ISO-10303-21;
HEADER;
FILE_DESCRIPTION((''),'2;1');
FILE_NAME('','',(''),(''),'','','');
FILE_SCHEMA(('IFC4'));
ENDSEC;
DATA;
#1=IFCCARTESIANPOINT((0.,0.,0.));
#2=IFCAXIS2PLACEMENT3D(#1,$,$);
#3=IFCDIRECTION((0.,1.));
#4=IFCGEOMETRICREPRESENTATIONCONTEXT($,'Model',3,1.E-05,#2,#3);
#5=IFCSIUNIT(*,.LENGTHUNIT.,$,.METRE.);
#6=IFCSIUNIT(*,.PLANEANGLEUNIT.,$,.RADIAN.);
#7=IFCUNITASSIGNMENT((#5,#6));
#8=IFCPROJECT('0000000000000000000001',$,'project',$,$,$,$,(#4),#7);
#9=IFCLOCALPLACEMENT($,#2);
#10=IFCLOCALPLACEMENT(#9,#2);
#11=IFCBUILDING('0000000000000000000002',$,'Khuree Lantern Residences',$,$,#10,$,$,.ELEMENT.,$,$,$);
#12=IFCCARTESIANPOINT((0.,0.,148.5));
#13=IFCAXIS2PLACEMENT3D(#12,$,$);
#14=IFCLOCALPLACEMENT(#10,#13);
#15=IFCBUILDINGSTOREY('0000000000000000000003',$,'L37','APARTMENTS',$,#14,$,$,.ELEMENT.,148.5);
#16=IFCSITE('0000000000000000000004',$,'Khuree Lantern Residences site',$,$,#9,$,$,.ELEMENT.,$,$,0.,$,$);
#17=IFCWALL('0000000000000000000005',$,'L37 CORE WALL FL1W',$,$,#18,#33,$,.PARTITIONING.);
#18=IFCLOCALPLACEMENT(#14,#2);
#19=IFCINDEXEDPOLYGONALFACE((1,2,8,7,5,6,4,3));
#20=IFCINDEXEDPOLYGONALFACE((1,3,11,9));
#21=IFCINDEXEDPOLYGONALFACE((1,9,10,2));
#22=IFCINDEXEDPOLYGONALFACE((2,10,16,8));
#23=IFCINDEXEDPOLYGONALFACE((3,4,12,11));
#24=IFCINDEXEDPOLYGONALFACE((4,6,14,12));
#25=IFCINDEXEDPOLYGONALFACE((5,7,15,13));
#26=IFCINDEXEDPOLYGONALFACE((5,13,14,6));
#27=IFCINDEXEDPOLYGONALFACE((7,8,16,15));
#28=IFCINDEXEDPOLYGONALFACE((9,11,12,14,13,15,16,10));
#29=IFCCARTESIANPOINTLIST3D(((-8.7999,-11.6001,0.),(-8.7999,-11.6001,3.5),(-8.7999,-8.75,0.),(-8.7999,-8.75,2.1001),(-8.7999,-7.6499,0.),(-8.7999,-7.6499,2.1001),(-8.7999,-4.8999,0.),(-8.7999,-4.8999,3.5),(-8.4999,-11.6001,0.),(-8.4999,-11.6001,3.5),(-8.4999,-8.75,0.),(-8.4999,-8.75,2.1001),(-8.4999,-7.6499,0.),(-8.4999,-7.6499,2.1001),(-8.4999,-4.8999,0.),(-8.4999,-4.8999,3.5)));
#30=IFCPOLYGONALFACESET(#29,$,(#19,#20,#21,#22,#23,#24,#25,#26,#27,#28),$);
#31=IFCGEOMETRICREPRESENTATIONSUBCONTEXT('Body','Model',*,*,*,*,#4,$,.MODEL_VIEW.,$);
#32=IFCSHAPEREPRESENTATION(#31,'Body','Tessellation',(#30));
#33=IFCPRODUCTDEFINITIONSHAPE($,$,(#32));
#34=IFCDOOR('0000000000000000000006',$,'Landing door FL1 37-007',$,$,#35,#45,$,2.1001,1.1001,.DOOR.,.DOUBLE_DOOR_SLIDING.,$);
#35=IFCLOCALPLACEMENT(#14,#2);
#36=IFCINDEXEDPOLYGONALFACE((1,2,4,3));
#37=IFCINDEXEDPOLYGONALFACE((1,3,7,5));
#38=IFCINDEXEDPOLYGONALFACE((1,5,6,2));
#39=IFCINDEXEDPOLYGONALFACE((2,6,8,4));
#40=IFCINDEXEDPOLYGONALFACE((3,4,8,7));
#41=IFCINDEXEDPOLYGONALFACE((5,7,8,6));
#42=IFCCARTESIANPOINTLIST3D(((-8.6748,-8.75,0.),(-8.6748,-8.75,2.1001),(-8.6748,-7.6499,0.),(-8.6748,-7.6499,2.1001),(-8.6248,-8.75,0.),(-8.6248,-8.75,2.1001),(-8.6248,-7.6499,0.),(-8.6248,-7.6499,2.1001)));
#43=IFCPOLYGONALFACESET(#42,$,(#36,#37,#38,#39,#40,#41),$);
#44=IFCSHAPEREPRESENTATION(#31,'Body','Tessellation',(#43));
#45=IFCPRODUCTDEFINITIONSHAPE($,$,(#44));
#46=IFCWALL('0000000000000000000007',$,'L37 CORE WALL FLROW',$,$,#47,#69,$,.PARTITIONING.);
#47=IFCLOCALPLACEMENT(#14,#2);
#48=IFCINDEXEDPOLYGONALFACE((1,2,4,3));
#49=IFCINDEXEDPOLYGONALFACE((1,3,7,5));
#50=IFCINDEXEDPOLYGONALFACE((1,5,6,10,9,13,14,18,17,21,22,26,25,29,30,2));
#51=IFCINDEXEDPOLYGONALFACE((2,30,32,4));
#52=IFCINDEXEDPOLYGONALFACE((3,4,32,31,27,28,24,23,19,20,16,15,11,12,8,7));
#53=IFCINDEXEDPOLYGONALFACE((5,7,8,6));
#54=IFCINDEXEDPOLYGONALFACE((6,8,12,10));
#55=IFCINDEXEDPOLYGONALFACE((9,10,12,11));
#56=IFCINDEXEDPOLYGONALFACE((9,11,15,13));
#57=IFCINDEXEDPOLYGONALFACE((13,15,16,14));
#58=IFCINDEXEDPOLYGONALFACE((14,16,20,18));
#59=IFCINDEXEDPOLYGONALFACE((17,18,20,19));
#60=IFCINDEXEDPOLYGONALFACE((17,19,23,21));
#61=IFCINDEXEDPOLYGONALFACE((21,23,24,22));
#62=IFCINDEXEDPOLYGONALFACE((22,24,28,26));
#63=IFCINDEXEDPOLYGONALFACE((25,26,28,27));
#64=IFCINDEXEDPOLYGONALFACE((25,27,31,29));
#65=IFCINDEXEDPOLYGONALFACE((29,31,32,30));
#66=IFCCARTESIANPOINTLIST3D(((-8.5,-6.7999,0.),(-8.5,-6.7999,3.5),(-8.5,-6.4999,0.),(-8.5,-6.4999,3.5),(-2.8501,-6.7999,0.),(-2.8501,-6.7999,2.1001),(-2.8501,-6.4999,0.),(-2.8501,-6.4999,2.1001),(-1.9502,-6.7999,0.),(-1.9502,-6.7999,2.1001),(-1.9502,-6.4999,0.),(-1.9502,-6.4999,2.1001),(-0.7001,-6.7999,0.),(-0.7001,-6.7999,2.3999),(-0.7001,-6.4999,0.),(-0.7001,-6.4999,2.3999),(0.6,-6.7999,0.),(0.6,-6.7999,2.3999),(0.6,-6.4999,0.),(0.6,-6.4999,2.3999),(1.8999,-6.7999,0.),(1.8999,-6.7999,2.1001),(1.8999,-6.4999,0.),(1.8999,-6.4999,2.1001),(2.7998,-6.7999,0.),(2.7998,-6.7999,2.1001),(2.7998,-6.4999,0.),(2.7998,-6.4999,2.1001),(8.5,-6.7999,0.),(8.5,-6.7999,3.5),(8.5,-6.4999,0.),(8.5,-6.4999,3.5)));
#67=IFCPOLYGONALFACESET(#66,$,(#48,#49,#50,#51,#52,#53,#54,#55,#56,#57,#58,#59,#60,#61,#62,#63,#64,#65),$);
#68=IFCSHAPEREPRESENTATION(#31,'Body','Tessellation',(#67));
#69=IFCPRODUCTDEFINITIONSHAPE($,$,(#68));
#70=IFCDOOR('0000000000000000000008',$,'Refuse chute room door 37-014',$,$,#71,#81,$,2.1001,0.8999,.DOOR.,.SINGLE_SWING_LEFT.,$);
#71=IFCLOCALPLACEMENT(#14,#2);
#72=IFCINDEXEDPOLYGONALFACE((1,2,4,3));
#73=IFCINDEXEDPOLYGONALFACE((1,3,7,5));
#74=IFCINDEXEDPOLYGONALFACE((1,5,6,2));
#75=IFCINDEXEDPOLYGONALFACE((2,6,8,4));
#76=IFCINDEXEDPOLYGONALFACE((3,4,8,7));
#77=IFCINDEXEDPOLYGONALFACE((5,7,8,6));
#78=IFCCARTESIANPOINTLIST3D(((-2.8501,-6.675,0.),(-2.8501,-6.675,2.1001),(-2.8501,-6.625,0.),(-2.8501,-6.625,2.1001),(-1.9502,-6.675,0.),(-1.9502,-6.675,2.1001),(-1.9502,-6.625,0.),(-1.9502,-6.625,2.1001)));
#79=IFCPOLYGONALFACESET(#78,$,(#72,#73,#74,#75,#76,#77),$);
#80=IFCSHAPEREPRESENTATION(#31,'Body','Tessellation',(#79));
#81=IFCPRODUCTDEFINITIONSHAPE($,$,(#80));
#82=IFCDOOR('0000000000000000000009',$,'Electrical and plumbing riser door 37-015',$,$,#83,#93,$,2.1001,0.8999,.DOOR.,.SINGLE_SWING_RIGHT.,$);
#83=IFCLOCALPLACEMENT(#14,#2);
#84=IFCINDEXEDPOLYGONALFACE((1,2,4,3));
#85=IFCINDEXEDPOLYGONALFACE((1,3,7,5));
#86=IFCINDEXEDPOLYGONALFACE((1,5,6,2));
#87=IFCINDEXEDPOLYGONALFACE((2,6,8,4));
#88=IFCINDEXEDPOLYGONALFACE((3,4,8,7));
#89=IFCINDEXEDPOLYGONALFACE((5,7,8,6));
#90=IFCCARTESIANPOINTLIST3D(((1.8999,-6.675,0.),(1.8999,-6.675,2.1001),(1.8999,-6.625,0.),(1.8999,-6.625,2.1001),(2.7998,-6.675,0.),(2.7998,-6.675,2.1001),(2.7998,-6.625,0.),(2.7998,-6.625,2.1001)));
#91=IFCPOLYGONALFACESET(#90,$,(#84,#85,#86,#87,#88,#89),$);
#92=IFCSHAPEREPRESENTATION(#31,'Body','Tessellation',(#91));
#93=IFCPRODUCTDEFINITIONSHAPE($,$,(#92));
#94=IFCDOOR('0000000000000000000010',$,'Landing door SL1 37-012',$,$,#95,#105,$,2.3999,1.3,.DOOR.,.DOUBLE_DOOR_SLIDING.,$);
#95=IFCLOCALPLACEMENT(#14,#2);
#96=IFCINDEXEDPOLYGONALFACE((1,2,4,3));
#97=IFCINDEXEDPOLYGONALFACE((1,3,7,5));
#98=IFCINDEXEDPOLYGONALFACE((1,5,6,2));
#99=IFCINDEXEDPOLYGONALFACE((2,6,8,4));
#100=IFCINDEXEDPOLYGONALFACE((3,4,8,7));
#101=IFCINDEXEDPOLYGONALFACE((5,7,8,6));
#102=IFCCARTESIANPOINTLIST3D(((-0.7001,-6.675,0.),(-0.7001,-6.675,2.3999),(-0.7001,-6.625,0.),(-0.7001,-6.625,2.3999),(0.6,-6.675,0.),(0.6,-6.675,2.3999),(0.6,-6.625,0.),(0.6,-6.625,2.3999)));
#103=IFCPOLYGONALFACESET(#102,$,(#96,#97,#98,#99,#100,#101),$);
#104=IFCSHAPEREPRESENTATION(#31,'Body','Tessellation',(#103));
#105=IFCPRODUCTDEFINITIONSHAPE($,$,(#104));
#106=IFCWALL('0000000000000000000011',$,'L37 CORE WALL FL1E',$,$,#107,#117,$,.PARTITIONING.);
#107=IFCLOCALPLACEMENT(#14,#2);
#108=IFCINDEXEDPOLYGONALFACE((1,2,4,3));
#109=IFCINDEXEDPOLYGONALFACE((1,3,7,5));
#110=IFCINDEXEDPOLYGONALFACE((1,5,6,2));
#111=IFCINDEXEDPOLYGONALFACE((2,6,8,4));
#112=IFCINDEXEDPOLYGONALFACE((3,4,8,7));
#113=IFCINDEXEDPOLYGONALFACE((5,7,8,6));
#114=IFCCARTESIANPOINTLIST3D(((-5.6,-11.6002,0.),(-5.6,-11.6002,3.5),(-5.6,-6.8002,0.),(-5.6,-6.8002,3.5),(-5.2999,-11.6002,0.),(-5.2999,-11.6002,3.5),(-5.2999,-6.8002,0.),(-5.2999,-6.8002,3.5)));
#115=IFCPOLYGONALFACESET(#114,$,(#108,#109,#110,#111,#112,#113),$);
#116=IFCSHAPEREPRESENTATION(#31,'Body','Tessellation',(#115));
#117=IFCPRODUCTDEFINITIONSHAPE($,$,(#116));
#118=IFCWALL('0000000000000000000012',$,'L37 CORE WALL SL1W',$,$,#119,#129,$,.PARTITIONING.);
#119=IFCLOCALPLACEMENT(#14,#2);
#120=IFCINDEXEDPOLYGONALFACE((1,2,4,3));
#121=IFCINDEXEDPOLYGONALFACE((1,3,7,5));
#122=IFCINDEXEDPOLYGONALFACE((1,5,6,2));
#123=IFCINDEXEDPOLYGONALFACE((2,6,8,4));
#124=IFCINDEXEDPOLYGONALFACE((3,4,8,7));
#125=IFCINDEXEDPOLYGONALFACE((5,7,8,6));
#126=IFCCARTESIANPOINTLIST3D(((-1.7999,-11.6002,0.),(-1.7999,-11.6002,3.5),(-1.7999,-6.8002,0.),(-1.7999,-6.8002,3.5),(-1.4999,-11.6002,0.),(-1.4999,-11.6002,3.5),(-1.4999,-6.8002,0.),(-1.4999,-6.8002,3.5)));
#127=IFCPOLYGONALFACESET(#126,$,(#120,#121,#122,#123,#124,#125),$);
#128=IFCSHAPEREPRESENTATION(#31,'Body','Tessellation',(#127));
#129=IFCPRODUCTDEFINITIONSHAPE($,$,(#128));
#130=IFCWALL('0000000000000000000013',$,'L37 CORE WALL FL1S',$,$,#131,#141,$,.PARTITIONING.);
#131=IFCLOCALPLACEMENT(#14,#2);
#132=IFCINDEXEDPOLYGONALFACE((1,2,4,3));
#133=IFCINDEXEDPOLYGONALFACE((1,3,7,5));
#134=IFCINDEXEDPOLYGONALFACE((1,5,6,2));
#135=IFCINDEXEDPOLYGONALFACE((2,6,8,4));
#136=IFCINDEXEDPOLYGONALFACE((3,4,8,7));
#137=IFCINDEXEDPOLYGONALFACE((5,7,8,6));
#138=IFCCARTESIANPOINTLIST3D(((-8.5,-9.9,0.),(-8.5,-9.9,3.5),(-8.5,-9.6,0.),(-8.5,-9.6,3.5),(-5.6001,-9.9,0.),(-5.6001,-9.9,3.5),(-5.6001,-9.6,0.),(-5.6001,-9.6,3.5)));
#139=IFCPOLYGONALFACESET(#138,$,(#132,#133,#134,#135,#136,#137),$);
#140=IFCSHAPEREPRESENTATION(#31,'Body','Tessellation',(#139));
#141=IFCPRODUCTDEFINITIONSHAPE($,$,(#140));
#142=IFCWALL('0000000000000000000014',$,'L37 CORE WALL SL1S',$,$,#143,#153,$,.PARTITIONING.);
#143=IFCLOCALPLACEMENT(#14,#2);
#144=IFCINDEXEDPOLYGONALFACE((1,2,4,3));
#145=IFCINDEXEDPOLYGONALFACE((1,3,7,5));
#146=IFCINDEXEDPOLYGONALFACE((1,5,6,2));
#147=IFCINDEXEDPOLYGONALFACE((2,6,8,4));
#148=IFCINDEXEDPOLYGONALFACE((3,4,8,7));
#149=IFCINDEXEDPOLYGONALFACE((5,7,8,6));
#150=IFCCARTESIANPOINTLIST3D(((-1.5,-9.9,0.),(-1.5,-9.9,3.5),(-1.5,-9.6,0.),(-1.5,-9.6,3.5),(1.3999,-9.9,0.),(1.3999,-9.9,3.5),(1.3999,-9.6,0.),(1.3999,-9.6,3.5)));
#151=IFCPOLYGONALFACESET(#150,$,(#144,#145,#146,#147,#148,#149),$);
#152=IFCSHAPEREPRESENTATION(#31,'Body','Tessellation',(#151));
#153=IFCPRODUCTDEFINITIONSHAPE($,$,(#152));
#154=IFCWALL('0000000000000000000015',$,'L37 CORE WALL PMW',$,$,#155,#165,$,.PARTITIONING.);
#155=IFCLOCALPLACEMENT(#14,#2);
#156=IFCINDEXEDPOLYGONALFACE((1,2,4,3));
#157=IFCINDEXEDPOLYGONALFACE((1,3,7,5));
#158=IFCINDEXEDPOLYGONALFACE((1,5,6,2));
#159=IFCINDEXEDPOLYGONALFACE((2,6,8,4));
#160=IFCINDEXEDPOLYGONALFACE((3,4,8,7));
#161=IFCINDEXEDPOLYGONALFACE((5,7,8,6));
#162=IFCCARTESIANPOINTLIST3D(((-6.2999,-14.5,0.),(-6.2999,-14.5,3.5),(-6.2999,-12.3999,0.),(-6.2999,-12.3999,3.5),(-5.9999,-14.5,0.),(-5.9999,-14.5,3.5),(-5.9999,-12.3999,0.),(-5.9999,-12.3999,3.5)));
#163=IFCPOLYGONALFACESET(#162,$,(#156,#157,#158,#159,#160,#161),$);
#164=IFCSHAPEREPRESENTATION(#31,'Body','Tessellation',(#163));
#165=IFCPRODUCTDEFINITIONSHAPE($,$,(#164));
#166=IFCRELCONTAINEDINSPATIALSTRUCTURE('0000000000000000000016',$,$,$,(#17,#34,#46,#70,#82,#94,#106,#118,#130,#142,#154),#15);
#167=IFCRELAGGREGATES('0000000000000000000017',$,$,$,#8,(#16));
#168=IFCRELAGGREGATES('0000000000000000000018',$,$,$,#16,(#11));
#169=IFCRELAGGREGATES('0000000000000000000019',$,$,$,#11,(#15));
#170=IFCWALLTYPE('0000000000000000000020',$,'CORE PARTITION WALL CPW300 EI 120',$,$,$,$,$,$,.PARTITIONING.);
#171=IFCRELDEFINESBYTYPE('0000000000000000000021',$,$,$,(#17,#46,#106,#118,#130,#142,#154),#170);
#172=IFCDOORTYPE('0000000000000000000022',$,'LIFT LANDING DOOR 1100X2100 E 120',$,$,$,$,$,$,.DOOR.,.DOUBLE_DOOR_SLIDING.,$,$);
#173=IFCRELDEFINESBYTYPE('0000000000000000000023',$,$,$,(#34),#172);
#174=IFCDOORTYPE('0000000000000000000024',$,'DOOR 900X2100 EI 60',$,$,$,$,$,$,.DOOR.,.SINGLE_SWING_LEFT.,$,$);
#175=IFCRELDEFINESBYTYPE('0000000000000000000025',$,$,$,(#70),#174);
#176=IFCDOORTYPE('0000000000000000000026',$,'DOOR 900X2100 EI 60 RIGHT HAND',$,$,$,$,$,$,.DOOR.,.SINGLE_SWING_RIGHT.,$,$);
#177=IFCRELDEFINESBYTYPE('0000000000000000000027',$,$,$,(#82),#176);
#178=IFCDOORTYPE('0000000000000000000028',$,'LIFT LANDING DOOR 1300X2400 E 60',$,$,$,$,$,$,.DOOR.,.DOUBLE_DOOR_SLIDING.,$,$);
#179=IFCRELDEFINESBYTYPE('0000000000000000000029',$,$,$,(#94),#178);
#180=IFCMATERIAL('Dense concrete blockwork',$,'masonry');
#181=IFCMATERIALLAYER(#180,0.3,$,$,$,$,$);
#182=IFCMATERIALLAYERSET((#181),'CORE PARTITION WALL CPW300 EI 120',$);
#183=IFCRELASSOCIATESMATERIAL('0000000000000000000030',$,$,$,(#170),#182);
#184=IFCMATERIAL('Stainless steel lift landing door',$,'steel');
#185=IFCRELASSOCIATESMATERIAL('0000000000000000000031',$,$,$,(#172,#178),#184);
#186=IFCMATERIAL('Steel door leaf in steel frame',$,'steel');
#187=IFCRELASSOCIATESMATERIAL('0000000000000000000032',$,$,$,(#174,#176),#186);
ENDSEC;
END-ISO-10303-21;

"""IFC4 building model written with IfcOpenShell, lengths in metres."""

from ifc_helpers import new_model, si_unit, direction, frame, frame_2d, origin, place, context, subcontext, project, spatial, rectangle, extrude, material, layer, layer_set, type_object, element, fill, save


model = new_model("IFC4")

# Units and contexts
model_context = context("Model", 3, precision=1e-05, world=origin(), true_north=direction((0.0, 1.0)))
body_context = subcontext(model_context, "Body", "Model", "MODEL_VIEW")
ifc_project = project(units=[si_unit("LENGTHUNIT", "METRE"), si_unit("PLANEANGLEUNIT", "RADIAN")], contexts=[model_context])

# Site, building, storey
site_placement = place(None, origin())
site = spatial("IfcSite", under=ifc_project, at=site_placement, Name="Khuree Lantern Residences site", CompositionType="ELEMENT", RefElevation=0.0)
building_placement = place(site_placement, origin())
building = spatial("IfcBuilding", under=site, at=building_placement, Name="Khuree Lantern Residences", CompositionType="ELEMENT")
storey_placement = place(building_placement, frame((0.0, 0.0, 148.5)))
storey = spatial("IfcBuildingStorey", under=building, at=storey_placement, Name="L37", Description="APARTMENTS", CompositionType="ELEMENT", Elevation=148.5)

# Wall, opening, door
ifc_material_1 = material(Name="Dense concrete blockwork", Category="masonry")
ifc_layer_1 = layer(ifc_material_1, 0.3)
ifc_layer_set_1 = layer_set([ifc_layer_1], Name="CORE PARTITION WALL CPW300 EI 120")
wall_type_1 = type_object("IfcWallType", Name="CORE PARTITION WALL CPW300 EI 120", PredefinedType="PARTITIONING", material=ifc_layer_set_1)
wall_1_placement = place(storey_placement, frame((-8.6499, -11.6001, 0.0), z_axis=(0.0, 0.0, 1.0), x_axis=(0.0, 1.0, 0.0)))
wall_1 = element("IfcWall", 1, at=wall_1_placement, inside=storey, type_object=wall_type_1, Name="L37 CORE WALL FL1W", PredefinedType="PARTITIONING", context=body_context, shape_type="SweptSolid", body=[
    extrude(rectangle(XDim=6.7002, YDim=0.3, at=frame_2d((3.3501, 0.0))), origin(), (0.0, 0.0, 1.0), 3.5),
])
opening_1_placement = place(wall_1_placement, frame((2.8501, 0.0, 0.0)))
opening_1 = element("IfcOpeningElement", 2, at=opening_1_placement, cuts=wall_1, PredefinedType="OPENING", context=body_context, shape_type="SweptSolid", body=[
    extrude(rectangle(XDim=1.1001, YDim=2.1001, at=frame_2d((0.55, 1.05))), frame((0.0, 0.1602, 0.0), z_axis=(0.0, -1.0, 0.0), x_axis=(1.0, 0.0, 0.0)), (0.0, 0.0, 1.0), 0.3201),
])
ifc_material_2 = material(Name="Stainless steel lift landing door", Category="steel")
door_type_1 = type_object("IfcDoorType", Name="LIFT LANDING DOOR 1100X2100 E 120", OperationType="DOUBLE_DOOR_SLIDING", PredefinedType="DOOR", material=ifc_material_2)
door_1_placement = place(opening_1_placement, origin())
door_1 = element("IfcDoor", 3, at=door_1_placement, inside=storey, type_object=door_type_1, Name="Landing door FL1 37-007", OperationType="DOUBLE_DOOR_SLIDING", OverallHeight=2.1001, OverallWidth=1.1001, PredefinedType="DOOR", context=body_context, shape_type="SweptSolid", body=[
    extrude(rectangle(XDim=1.1001, YDim=2.1001, at=frame_2d((0.55, 1.05))), frame((0.0, 0.0249, 0.0), z_axis=(0.0, -1.0, 0.0), x_axis=(1.0, 0.0, 0.0)), (0.0, 0.0, 1.0), 0.05),
])
fill(opening_1, door_1)

# Wall, openings, doors
wall_2_placement = place(storey_placement, frame((-8.5, -6.6499, 0.0), z_axis=(0.0, 0.0, 1.0), x_axis=(1.0, 0.0, 0.0)))
wall_2 = element("IfcWall", 4, at=wall_2_placement, inside=storey, type_object=wall_type_1, Name="L37 CORE WALL FLROW", PredefinedType="PARTITIONING", context=body_context, shape_type="SweptSolid", body=[
    extrude(rectangle(XDim=17.0, YDim=0.3, at=frame_2d((8.5, 0.0))), origin(), (0.0, 0.0, 1.0), 3.5),
])
opening_2_placement = place(wall_2_placement, frame((7.8, 0.0, 0.0)))
opening_2 = element("IfcOpeningElement", 5, at=opening_2_placement, cuts=wall_2, PredefinedType="OPENING", context=body_context, shape_type="SweptSolid", body=[
    extrude(rectangle(XDim=1.3, YDim=2.3999, at=frame_2d((0.6499, 1.2))), frame((0.0, 0.1602, 0.0), z_axis=(0.0, -1.0, 0.0), x_axis=(1.0, 0.0, 0.0)), (0.0, 0.0, 1.0), 0.3201),
])
opening_3_placement = place(wall_2_placement, frame((5.6499, 0.0, 0.0)))
opening_3 = element("IfcOpeningElement", 6, at=opening_3_placement, cuts=wall_2, PredefinedType="OPENING", context=body_context, shape_type="SweptSolid", body=[
    extrude(rectangle(XDim=0.8999, YDim=2.1001, at=frame_2d((0.45, 1.05))), frame((0.0, 0.1602, 0.0), z_axis=(0.0, -1.0, 0.0), x_axis=(1.0, 0.0, 0.0)), (0.0, 0.0, 1.0), 0.3201),
])
opening_4_placement = place(wall_2_placement, frame((10.3999, 0.0, 0.0)))
opening_4 = element("IfcOpeningElement", 7, at=opening_4_placement, cuts=wall_2, PredefinedType="OPENING", context=body_context, shape_type="SweptSolid", body=[
    extrude(rectangle(XDim=0.8999, YDim=2.1001, at=frame_2d((0.45, 1.05))), frame((0.0, 0.1602, 0.0), z_axis=(0.0, -1.0, 0.0), x_axis=(1.0, 0.0, 0.0)), (0.0, 0.0, 1.0), 0.3201),
])
ifc_material_3 = material(Name="Steel door leaf in steel frame", Category="steel")
door_type_2 = type_object("IfcDoorType", Name="DOOR 900X2100 EI 60", OperationType="SINGLE_SWING_LEFT", PredefinedType="DOOR", material=ifc_material_3)
door_2_placement = place(opening_3_placement, origin())
door_2 = element("IfcDoor", 8, at=door_2_placement, inside=storey, type_object=door_type_2, Name="Refuse chute room door 37-014", OperationType="SINGLE_SWING_LEFT", OverallHeight=2.1001, OverallWidth=0.8999, PredefinedType="DOOR", context=body_context, shape_type="SweptSolid", body=[
    extrude(rectangle(XDim=0.8999, YDim=2.1001, at=frame_2d((0.45, 1.05))), frame((0.0, 0.0249, 0.0), z_axis=(0.0, -1.0, 0.0), x_axis=(1.0, 0.0, 0.0)), (0.0, 0.0, 1.0), 0.05),
])
fill(opening_3, door_2)
door_type_3 = type_object("IfcDoorType", Name="DOOR 900X2100 EI 60 RIGHT HAND", OperationType="SINGLE_SWING_RIGHT", PredefinedType="DOOR", material=ifc_material_3)
door_3_placement = place(opening_4_placement, origin())
door_3 = element("IfcDoor", 9, at=door_3_placement, inside=storey, type_object=door_type_3, Name="Electrical and plumbing riser door 37-015", OperationType="SINGLE_SWING_RIGHT", OverallHeight=2.1001, OverallWidth=0.8999, PredefinedType="DOOR", context=body_context, shape_type="SweptSolid", body=[
    extrude(rectangle(XDim=0.8999, YDim=2.1001, at=frame_2d((0.45, 1.05))), frame((0.0, 0.0249, 0.0), z_axis=(0.0, -1.0, 0.0), x_axis=(1.0, 0.0, 0.0)), (0.0, 0.0, 1.0), 0.05),
])
fill(opening_4, door_3)
door_type_4 = type_object("IfcDoorType", Name="LIFT LANDING DOOR 1300X2400 E 60", OperationType="DOUBLE_DOOR_SLIDING", PredefinedType="DOOR", material=ifc_material_2)
door_4_placement = place(opening_2_placement, origin())
door_4 = element("IfcDoor", 10, at=door_4_placement, inside=storey, type_object=door_type_4, Name="Landing door SL1 37-012", OperationType="DOUBLE_DOOR_SLIDING", OverallHeight=2.3999, OverallWidth=1.3, PredefinedType="DOOR", context=body_context, shape_type="SweptSolid", body=[
    extrude(rectangle(XDim=1.3, YDim=2.3999, at=frame_2d((0.6499, 1.2))), frame((0.0, 0.0249, 0.0), z_axis=(0.0, -1.0, 0.0), x_axis=(1.0, 0.0, 0.0)), (0.0, 0.0, 1.0), 0.05),
])
fill(opening_2, door_4)

# Walls
for number, where, z_axis, x_axis, name in (
    (11, (-5.45, -11.6001, 0.0), (0.0, 0.0, 1.0), (0.0, 1.0, 0.0), "L37 CORE WALL FL1E"),
    (12, (-1.6499, -11.6001, 0.0), (0.0, 0.0, 1.0), (0.0, 1.0, 0.0), "L37 CORE WALL SL1W"),
):
    element("IfcWall", number, at=place(storey_placement, frame(where, z_axis=z_axis, x_axis=x_axis)), inside=storey, type_object=wall_type_1, Name=name, PredefinedType="PARTITIONING", context=body_context, shape_type="SweptSolid", body=[
        extrude(rectangle(XDim=4.8, YDim=0.3, at=frame_2d((2.3999, 0.0))), origin(), (0.0, 0.0, 1.0), 3.5),
    ])
for number, where, z_axis, x_axis, name in (
    (13, (-8.5, -9.75, 0.0), (0.0, 0.0, 1.0), (1.0, 0.0, 0.0), "L37 CORE WALL FL1S"),
    (14, (-1.5, -9.75, 0.0), (0.0, 0.0, 1.0), (1.0, 0.0, 0.0), "L37 CORE WALL SL1S"),
):
    element("IfcWall", number, at=place(storey_placement, frame(where, z_axis=z_axis, x_axis=x_axis)), inside=storey, type_object=wall_type_1, Name=name, PredefinedType="PARTITIONING", context=body_context, shape_type="SweptSolid", body=[
        extrude(rectangle(XDim=2.8999, YDim=0.3, at=frame_2d((1.45, 0.0))), origin(), (0.0, 0.0, 1.0), 3.5),
    ])
wall_3_placement = place(storey_placement, frame((-6.1499, -14.5, 0.0), z_axis=(0.0, 0.0, 1.0), x_axis=(0.0, 1.0, 0.0)))
element("IfcWall", 15, at=wall_3_placement, inside=storey, type_object=wall_type_1, Name="L37 CORE WALL PMW", PredefinedType="PARTITIONING", context=body_context, shape_type="SweptSolid", body=[
    extrude(rectangle(XDim=2.1001, YDim=0.3, at=frame_2d((1.05, 0.0))), origin(), (0.0, 0.0, 1.0), 3.5),
])

save(model, "model.ifc")
